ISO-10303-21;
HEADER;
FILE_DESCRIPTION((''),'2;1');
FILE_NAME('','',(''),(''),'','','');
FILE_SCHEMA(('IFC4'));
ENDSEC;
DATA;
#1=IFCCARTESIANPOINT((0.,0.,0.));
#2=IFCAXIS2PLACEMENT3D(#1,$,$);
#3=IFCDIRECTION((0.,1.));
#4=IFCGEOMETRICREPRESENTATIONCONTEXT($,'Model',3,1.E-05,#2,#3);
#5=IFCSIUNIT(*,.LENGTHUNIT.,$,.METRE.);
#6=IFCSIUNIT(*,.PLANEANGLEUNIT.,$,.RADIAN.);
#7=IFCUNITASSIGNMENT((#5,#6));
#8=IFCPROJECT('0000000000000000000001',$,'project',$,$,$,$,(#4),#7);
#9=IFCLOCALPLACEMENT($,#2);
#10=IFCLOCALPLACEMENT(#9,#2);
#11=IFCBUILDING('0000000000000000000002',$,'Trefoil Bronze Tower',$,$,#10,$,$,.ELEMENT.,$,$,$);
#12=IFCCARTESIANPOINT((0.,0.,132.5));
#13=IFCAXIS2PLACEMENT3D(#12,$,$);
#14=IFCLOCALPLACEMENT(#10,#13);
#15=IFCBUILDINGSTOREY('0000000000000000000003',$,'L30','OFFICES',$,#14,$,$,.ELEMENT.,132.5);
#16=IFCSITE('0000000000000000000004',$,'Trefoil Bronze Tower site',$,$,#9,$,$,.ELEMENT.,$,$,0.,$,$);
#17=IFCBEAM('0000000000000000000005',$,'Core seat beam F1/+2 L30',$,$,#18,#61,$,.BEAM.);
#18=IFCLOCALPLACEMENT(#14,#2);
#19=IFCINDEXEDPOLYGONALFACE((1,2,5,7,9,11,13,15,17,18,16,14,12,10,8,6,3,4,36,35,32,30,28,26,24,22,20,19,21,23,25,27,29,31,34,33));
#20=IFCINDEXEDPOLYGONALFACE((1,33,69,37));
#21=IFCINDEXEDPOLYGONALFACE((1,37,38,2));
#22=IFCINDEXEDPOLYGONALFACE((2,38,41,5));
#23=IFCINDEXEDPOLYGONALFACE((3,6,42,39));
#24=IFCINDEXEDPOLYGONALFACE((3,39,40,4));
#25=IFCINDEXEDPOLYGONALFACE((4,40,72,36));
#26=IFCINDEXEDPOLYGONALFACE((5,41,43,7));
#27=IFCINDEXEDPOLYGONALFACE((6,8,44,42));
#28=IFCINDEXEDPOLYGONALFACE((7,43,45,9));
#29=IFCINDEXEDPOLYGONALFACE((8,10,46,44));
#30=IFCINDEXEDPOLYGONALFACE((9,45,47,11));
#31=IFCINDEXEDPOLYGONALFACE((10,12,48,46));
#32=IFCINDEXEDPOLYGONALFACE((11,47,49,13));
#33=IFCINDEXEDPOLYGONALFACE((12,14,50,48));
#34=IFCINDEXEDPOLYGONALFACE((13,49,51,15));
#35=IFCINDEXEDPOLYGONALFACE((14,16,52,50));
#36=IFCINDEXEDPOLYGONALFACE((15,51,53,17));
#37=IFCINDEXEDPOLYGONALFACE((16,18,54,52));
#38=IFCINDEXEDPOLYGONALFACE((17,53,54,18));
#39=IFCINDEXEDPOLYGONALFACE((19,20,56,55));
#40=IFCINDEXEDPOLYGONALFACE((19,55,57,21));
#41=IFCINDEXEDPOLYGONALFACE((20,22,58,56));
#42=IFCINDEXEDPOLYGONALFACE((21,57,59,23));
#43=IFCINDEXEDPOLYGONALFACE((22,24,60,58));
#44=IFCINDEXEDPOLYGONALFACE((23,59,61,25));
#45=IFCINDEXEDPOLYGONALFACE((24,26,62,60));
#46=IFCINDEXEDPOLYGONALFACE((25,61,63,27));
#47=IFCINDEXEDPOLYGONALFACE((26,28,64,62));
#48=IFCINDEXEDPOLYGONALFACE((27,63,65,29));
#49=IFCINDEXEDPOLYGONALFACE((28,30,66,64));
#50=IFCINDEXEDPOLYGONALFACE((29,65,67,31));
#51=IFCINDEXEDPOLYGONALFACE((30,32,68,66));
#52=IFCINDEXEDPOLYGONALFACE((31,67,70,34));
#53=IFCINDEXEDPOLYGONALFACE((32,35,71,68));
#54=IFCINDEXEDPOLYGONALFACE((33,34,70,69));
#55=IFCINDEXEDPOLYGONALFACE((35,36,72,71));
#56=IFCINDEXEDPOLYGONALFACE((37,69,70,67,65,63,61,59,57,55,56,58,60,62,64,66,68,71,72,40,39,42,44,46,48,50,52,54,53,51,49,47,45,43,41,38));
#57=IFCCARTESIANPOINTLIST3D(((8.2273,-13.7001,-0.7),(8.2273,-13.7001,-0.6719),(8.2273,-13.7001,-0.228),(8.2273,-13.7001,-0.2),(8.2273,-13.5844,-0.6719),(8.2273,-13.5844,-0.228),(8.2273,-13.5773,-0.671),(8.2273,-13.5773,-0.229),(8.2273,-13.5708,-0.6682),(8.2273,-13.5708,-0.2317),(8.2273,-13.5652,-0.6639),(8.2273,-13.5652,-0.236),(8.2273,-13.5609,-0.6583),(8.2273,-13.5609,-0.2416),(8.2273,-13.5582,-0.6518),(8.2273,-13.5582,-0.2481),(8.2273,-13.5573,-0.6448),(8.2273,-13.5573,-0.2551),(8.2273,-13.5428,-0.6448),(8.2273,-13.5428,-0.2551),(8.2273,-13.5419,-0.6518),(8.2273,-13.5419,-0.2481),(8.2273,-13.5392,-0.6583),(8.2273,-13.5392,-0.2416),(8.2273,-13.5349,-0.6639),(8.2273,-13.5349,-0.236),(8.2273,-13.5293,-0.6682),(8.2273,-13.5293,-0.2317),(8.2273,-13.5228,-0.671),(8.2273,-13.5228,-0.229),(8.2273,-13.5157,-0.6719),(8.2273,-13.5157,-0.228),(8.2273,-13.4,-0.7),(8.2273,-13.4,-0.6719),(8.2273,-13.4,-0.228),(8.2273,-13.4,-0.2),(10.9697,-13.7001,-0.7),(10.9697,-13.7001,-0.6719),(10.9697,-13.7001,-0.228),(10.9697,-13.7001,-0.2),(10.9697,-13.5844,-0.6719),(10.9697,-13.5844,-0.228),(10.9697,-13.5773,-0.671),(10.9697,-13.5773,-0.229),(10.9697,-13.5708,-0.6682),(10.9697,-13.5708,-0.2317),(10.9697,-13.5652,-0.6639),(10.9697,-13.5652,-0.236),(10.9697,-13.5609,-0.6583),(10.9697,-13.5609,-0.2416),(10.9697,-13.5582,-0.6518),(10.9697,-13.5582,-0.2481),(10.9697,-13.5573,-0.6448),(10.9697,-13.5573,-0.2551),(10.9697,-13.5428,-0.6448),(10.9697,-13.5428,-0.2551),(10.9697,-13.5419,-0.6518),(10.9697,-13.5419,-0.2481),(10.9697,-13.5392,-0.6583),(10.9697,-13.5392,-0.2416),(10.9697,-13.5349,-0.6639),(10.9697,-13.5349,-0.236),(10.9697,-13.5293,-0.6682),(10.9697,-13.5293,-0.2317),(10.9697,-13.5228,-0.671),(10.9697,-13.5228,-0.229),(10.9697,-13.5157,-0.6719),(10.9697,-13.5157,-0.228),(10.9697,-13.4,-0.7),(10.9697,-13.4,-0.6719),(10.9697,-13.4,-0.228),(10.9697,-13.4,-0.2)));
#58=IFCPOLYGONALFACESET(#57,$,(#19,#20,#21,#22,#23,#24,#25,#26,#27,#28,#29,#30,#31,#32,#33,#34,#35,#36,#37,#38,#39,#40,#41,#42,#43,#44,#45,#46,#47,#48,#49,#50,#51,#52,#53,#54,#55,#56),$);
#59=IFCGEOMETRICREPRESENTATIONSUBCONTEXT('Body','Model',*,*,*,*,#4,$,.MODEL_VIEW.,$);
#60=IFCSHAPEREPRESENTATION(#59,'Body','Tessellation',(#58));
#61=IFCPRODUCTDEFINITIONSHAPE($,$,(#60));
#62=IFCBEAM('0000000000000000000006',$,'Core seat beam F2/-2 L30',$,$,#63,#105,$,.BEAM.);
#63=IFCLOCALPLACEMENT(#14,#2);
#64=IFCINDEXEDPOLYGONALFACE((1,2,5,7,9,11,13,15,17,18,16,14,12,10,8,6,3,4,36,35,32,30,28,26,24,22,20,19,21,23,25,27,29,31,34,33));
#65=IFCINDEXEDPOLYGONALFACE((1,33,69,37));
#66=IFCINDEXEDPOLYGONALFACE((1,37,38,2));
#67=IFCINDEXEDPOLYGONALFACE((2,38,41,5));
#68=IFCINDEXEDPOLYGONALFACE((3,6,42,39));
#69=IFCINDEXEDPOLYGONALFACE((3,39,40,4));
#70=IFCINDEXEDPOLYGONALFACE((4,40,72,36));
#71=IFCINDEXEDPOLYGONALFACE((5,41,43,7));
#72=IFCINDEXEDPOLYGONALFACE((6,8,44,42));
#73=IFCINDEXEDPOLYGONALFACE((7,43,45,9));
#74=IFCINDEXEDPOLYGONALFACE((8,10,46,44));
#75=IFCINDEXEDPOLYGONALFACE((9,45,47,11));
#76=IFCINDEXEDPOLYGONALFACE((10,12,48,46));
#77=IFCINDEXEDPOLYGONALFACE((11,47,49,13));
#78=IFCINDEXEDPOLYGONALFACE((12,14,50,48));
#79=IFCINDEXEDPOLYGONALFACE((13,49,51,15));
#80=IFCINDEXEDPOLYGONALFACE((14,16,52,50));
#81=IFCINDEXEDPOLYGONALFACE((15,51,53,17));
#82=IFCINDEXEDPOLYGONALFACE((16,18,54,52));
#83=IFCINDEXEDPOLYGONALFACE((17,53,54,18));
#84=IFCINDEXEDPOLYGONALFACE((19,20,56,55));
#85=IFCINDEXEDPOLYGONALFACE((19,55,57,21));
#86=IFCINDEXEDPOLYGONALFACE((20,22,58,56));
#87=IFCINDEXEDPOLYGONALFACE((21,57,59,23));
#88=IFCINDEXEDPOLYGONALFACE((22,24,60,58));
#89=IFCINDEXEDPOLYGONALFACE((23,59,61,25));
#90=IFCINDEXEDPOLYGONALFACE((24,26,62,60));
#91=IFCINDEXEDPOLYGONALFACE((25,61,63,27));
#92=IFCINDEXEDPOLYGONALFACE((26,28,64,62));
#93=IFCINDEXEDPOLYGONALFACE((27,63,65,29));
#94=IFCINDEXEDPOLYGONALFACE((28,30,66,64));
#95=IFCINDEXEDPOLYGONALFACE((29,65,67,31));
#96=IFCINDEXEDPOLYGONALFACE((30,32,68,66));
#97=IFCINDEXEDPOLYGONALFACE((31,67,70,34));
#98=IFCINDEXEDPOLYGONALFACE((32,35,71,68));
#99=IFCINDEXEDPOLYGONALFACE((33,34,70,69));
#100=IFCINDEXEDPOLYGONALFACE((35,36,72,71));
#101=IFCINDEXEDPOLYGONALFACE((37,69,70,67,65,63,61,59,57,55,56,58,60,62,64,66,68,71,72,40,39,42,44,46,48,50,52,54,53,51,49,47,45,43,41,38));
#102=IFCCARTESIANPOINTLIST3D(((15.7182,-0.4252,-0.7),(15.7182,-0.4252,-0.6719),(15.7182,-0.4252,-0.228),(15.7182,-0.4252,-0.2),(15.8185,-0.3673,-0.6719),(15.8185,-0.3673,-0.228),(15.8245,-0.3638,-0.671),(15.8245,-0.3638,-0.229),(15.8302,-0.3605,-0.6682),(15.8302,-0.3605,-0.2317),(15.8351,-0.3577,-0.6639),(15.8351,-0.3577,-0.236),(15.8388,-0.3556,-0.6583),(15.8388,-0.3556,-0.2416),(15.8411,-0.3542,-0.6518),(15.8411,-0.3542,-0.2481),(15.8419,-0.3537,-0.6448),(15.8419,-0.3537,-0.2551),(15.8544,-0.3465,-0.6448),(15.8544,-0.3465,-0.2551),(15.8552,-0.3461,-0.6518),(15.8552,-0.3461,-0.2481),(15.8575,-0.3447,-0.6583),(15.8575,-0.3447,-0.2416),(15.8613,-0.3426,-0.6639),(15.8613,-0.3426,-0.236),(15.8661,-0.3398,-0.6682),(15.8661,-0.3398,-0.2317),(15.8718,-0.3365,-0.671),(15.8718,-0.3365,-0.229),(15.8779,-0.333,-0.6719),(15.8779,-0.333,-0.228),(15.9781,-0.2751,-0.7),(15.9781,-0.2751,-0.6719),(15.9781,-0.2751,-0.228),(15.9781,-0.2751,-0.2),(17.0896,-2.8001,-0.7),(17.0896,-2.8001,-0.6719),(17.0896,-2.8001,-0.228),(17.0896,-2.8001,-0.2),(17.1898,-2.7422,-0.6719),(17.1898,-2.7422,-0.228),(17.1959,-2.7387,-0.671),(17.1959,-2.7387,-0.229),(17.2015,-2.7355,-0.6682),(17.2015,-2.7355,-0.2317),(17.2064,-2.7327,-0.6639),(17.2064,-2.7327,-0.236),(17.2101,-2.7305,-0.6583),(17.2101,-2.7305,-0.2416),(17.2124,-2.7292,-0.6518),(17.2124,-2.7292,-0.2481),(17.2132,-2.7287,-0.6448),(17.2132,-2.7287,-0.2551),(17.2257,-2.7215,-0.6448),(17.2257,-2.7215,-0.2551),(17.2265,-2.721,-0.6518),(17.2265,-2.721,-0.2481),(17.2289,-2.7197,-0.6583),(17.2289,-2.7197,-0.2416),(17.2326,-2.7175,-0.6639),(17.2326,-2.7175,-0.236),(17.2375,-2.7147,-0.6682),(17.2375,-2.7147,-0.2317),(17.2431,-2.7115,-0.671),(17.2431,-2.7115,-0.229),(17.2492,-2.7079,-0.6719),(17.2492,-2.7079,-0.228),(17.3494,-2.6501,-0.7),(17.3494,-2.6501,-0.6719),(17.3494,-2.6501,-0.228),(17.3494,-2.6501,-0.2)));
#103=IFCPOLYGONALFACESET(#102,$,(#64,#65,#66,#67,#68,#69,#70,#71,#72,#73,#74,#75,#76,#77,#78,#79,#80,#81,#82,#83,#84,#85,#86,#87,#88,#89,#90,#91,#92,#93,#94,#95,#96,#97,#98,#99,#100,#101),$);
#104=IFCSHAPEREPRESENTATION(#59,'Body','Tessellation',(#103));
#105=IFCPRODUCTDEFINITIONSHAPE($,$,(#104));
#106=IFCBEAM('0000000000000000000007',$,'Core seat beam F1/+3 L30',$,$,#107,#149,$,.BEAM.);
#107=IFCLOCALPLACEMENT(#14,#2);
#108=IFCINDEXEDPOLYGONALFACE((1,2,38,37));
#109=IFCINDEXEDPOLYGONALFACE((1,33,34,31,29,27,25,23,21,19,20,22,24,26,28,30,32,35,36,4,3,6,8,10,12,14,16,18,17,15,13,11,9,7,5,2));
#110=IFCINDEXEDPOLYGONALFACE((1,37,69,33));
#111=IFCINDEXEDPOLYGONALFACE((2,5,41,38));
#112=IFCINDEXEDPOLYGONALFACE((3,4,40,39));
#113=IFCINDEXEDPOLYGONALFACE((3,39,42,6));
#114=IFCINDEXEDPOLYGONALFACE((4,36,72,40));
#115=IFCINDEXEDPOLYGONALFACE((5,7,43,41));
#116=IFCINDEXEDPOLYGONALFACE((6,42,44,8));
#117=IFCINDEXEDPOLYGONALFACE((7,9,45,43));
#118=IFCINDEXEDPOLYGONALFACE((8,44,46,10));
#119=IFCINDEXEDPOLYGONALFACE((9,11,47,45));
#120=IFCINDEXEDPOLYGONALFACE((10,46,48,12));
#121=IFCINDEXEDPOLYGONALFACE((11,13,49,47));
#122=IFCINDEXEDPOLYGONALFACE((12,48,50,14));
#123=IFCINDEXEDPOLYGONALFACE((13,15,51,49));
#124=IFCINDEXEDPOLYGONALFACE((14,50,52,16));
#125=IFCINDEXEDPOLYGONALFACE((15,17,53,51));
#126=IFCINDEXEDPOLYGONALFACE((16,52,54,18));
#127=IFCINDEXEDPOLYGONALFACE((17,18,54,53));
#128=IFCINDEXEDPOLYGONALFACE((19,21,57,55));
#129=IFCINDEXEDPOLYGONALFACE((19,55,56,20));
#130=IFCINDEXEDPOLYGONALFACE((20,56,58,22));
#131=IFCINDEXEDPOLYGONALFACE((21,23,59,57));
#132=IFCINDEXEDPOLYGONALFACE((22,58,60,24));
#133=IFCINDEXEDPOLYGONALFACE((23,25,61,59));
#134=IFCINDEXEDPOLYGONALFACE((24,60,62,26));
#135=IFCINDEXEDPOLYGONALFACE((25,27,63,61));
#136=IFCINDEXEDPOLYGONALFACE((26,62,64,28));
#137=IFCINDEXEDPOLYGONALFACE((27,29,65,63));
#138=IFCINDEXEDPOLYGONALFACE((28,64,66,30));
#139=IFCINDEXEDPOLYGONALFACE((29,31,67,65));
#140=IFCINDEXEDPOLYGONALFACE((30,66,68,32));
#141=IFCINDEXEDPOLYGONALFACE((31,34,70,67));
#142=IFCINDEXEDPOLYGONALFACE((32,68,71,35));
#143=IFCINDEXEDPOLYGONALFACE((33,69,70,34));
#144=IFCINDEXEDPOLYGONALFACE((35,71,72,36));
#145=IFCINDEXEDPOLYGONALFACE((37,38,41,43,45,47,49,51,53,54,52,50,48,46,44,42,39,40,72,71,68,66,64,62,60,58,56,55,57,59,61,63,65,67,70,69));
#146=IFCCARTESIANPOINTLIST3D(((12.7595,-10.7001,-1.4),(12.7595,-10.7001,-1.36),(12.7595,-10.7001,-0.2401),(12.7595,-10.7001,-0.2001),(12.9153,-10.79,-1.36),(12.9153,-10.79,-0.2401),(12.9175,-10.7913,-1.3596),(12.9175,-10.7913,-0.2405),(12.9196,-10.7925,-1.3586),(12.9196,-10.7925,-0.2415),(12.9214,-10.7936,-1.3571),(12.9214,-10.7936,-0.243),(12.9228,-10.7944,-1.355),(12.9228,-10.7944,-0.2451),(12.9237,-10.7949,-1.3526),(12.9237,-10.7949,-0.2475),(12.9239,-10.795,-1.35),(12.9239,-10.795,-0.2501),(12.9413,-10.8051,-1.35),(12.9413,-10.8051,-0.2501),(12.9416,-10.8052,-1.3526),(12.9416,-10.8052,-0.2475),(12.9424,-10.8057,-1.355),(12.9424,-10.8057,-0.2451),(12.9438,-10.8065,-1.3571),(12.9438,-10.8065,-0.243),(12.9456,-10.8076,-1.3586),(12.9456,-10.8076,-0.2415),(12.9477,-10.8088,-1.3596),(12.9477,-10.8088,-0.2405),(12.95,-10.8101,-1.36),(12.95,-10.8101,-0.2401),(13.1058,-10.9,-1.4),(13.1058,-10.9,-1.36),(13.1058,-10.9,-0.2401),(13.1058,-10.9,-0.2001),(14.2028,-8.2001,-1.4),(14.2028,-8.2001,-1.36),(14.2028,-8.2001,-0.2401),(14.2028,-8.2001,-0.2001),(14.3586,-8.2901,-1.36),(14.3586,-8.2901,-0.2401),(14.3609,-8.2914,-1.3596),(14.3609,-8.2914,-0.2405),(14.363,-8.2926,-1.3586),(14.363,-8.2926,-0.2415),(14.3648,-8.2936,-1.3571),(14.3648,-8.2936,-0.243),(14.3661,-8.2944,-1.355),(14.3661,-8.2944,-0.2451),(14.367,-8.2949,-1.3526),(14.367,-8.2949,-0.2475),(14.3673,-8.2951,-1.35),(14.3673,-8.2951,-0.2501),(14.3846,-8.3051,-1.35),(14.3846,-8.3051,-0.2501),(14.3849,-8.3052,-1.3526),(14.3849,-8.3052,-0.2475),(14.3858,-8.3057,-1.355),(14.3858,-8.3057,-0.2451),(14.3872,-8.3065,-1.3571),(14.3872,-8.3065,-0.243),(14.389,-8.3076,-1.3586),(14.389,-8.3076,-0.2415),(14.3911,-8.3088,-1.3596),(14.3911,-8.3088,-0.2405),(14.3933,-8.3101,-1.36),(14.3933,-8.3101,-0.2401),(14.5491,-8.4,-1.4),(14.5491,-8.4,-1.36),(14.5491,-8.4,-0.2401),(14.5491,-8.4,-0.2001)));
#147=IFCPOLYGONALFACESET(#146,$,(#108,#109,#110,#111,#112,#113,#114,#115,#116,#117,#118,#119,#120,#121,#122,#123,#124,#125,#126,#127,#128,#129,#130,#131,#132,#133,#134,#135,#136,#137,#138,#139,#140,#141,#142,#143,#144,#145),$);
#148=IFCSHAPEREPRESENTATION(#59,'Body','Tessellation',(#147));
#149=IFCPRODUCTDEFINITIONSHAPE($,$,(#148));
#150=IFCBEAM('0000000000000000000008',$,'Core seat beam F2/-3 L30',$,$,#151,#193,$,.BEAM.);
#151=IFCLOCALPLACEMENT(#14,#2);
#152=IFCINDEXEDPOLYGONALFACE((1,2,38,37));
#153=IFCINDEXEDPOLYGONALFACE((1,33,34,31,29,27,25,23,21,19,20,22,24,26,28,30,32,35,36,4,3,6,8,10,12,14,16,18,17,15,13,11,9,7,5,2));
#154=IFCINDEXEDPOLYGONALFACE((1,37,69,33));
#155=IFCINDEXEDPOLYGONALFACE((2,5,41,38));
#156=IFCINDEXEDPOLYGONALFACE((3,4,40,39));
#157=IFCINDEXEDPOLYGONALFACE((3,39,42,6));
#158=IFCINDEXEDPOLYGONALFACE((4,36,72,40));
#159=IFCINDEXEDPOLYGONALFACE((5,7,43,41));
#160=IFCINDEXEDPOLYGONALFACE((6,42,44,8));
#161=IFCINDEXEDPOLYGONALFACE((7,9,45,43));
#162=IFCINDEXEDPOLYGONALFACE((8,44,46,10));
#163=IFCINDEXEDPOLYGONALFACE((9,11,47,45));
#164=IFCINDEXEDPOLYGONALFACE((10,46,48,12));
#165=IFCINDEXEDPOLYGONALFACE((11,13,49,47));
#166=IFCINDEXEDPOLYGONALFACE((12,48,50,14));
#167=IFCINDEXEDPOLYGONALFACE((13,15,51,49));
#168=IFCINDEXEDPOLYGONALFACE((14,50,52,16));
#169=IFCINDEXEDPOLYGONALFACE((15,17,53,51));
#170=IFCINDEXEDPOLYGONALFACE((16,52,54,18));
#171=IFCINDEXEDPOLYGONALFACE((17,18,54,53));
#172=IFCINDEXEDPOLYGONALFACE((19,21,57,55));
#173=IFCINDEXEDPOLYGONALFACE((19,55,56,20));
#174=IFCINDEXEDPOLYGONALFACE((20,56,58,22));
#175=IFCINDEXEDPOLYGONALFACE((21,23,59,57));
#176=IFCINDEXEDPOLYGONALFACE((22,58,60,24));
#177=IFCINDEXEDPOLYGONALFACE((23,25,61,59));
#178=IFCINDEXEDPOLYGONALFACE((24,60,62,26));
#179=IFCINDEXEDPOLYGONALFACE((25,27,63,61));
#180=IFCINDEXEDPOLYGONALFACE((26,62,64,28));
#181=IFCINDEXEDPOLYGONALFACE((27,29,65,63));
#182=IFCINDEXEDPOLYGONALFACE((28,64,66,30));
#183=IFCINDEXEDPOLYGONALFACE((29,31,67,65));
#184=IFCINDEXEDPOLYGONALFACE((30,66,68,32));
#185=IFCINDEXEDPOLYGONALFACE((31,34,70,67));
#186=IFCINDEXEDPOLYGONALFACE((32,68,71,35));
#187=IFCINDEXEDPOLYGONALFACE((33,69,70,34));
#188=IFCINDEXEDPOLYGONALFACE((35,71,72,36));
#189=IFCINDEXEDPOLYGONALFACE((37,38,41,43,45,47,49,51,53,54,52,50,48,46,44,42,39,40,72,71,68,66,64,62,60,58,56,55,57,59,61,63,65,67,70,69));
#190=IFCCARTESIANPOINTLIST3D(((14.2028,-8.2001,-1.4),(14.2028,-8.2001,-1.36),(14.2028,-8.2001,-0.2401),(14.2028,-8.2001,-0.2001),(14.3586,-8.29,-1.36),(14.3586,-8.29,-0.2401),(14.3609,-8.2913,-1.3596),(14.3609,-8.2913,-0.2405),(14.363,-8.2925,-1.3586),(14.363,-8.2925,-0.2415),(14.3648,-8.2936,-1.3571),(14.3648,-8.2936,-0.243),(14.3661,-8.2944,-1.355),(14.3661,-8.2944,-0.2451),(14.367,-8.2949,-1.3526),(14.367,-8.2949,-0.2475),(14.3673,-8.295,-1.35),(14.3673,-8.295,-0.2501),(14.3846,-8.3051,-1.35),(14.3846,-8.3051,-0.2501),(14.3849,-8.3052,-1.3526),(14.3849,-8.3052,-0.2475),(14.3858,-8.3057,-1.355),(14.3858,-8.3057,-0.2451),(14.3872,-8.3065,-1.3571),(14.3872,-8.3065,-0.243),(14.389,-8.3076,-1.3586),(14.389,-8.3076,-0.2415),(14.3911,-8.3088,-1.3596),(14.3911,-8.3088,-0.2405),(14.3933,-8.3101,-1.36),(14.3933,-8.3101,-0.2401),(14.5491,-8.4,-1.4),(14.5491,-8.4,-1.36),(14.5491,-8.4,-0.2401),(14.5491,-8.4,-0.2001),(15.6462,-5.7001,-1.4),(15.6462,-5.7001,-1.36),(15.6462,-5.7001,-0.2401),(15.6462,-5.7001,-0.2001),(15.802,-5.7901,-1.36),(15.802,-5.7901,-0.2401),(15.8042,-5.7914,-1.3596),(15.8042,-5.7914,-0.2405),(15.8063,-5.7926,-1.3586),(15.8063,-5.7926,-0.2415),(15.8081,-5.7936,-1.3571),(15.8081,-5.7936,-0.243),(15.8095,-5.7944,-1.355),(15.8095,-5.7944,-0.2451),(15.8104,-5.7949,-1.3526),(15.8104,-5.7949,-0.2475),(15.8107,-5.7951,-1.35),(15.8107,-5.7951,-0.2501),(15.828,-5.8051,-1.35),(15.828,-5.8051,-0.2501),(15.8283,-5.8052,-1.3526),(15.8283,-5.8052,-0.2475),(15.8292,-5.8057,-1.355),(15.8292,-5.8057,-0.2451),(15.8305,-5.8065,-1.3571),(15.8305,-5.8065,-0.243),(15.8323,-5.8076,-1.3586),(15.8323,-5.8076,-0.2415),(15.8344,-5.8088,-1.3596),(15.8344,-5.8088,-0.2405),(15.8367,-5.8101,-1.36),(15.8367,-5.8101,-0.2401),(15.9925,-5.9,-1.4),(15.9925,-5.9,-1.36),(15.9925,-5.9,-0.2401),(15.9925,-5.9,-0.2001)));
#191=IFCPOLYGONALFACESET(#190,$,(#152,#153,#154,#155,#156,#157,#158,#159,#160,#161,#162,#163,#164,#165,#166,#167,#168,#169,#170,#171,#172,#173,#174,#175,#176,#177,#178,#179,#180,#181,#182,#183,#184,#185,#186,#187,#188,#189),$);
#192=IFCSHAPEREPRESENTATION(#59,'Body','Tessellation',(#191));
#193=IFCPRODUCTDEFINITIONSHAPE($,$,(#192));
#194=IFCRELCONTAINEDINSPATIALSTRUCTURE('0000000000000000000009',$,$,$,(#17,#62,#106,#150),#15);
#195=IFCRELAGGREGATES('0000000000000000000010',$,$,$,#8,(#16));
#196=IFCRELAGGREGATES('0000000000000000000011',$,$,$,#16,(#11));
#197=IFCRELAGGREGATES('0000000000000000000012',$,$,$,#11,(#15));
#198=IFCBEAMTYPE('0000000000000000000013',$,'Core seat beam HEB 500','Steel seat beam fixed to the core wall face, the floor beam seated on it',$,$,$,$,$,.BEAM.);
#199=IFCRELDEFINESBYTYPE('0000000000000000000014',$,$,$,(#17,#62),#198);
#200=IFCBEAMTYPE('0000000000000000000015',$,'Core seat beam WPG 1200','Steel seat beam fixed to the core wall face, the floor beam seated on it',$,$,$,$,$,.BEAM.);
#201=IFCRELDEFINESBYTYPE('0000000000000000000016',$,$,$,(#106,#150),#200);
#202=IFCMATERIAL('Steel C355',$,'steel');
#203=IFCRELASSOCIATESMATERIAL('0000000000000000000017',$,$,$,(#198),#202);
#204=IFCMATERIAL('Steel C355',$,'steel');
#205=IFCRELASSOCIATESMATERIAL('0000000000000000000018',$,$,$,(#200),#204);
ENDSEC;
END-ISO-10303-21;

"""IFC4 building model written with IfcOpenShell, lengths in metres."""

from ifc_helpers import new_model, si_unit, direction, frame, origin, origin_2d, place, context, subcontext, project, spatial, i_section, extrude, material, material_profile, profile_set, type_object, element, save


model = new_model("IFC4")

# Units and contexts
model_context = context("Model", 3, precision=1e-05, world=origin(), true_north=direction((0.0, 1.0)))
body_context = subcontext(model_context, "Body", "Model", "MODEL_VIEW")
ifc_project = project(units=[si_unit("LENGTHUNIT", "METRE"), si_unit("PLANEANGLEUNIT", "RADIAN")], contexts=[model_context])

# Site, building, storey
site_placement = place(None, origin())
site = spatial("IfcSite", under=ifc_project, at=site_placement, Name="Trefoil Bronze Tower site", CompositionType="ELEMENT", RefElevation=0.0)
building_placement = place(site_placement, origin())
building = spatial("IfcBuilding", under=site, at=building_placement, Name="Trefoil Bronze Tower", CompositionType="ELEMENT")
storey_placement = place(building_placement, frame((0.0, 0.0, 132.5)))
storey = spatial("IfcBuildingStorey", under=building, at=storey_placement, Name="L30", Description="OFFICES", CompositionType="ELEMENT", Elevation=132.5)

# Beams
ifc_material_1 = material(Name="Steel C355", Category="steel")
ifc_material_profile_1 = material_profile(ifc_material_1, i_section(OverallWidth=0.3, OverallDepth=0.5, WebThickness=0.0144, FlangeThickness=0.0281, FilletRadius=0.0271, at=origin_2d()), Name="HEB 500")
ifc_profile_set_1 = profile_set([ifc_material_profile_1], Name="Steel C355")
beam_type_1 = type_object("IfcBeamType", Name="Core seat beam HEB 500", Description="Steel seat beam fixed to the core wall face, the floor beam seated on it", PredefinedType="BEAM", material=ifc_profile_set_1)
for number, where, z_axis, x_axis, name in (
    (1, (8.2273, -13.55, -0.45), (1.0, 0.0, 0.0), (0.0, 1.0, 0.0), "Core seat beam F1/+2 L30"),
    (2, (17.2195, -2.7251, -0.45), (-0.500036, 0.866005, 0.0), (-0.866005, -0.500036, 0.0), "Core seat beam F2/-2 L30"),
):
    element("IfcBeam", number, at=place(storey_placement, frame(where, z_axis=z_axis, x_axis=x_axis)), inside=storey, type_object=beam_type_1, Name=name, PredefinedType="BEAM", context=body_context, shape_type="SweptSolid", body=[
        extrude(i_section(OverallWidth=0.3, OverallDepth=0.5, WebThickness=0.0144, FlangeThickness=0.0281, FilletRadius=0.0271, at=origin_2d()), origin(), (0.0, 0.0, 1.0), 2.7424),
    ])
ifc_material_2 = material(Name="Steel C355", Category="steel")
ifc_material_profile_2 = material_profile(ifc_material_2, i_section(OverallWidth=0.3999, OverallDepth=1.2, WebThickness=0.02, FlangeThickness=0.04, FilletRadius=0.01, at=origin_2d()), Name="WPG 1200")
ifc_profile_set_2 = profile_set([ifc_material_profile_2], Name="Steel C355")
beam_type_2 = type_object("IfcBeamType", Name="Core seat beam WPG 1200", Description="Steel seat beam fixed to the core wall face, the floor beam seated on it", PredefinedType="BEAM", material=ifc_profile_set_2)
for number, where, z_axis, x_axis, name in (
    (3, (12.9326, -10.8, -0.8), (0.499996, 0.866028, 0.0), (-0.866028, 0.499996, 0.0), "Core seat beam F1/+3 L30"),
    (4, (14.376, -8.3, -0.8), (0.499996, 0.866028, 0.0), (-0.866028, 0.499996, 0.0), "Core seat beam F2/-3 L30"),
):
    element("IfcBeam", number, at=place(storey_placement, frame(where, z_axis=z_axis, x_axis=x_axis)), inside=storey, type_object=beam_type_2, Name=name, PredefinedType="BEAM", context=body_context, shape_type="SweptSolid", body=[
        extrude(i_section(OverallWidth=0.3999, OverallDepth=1.2, WebThickness=0.02, FlangeThickness=0.04, FilletRadius=0.01, at=origin_2d()), origin(), (0.0, 0.0, 1.0), 2.8867),
    ])

save(model, "model.ifc")
